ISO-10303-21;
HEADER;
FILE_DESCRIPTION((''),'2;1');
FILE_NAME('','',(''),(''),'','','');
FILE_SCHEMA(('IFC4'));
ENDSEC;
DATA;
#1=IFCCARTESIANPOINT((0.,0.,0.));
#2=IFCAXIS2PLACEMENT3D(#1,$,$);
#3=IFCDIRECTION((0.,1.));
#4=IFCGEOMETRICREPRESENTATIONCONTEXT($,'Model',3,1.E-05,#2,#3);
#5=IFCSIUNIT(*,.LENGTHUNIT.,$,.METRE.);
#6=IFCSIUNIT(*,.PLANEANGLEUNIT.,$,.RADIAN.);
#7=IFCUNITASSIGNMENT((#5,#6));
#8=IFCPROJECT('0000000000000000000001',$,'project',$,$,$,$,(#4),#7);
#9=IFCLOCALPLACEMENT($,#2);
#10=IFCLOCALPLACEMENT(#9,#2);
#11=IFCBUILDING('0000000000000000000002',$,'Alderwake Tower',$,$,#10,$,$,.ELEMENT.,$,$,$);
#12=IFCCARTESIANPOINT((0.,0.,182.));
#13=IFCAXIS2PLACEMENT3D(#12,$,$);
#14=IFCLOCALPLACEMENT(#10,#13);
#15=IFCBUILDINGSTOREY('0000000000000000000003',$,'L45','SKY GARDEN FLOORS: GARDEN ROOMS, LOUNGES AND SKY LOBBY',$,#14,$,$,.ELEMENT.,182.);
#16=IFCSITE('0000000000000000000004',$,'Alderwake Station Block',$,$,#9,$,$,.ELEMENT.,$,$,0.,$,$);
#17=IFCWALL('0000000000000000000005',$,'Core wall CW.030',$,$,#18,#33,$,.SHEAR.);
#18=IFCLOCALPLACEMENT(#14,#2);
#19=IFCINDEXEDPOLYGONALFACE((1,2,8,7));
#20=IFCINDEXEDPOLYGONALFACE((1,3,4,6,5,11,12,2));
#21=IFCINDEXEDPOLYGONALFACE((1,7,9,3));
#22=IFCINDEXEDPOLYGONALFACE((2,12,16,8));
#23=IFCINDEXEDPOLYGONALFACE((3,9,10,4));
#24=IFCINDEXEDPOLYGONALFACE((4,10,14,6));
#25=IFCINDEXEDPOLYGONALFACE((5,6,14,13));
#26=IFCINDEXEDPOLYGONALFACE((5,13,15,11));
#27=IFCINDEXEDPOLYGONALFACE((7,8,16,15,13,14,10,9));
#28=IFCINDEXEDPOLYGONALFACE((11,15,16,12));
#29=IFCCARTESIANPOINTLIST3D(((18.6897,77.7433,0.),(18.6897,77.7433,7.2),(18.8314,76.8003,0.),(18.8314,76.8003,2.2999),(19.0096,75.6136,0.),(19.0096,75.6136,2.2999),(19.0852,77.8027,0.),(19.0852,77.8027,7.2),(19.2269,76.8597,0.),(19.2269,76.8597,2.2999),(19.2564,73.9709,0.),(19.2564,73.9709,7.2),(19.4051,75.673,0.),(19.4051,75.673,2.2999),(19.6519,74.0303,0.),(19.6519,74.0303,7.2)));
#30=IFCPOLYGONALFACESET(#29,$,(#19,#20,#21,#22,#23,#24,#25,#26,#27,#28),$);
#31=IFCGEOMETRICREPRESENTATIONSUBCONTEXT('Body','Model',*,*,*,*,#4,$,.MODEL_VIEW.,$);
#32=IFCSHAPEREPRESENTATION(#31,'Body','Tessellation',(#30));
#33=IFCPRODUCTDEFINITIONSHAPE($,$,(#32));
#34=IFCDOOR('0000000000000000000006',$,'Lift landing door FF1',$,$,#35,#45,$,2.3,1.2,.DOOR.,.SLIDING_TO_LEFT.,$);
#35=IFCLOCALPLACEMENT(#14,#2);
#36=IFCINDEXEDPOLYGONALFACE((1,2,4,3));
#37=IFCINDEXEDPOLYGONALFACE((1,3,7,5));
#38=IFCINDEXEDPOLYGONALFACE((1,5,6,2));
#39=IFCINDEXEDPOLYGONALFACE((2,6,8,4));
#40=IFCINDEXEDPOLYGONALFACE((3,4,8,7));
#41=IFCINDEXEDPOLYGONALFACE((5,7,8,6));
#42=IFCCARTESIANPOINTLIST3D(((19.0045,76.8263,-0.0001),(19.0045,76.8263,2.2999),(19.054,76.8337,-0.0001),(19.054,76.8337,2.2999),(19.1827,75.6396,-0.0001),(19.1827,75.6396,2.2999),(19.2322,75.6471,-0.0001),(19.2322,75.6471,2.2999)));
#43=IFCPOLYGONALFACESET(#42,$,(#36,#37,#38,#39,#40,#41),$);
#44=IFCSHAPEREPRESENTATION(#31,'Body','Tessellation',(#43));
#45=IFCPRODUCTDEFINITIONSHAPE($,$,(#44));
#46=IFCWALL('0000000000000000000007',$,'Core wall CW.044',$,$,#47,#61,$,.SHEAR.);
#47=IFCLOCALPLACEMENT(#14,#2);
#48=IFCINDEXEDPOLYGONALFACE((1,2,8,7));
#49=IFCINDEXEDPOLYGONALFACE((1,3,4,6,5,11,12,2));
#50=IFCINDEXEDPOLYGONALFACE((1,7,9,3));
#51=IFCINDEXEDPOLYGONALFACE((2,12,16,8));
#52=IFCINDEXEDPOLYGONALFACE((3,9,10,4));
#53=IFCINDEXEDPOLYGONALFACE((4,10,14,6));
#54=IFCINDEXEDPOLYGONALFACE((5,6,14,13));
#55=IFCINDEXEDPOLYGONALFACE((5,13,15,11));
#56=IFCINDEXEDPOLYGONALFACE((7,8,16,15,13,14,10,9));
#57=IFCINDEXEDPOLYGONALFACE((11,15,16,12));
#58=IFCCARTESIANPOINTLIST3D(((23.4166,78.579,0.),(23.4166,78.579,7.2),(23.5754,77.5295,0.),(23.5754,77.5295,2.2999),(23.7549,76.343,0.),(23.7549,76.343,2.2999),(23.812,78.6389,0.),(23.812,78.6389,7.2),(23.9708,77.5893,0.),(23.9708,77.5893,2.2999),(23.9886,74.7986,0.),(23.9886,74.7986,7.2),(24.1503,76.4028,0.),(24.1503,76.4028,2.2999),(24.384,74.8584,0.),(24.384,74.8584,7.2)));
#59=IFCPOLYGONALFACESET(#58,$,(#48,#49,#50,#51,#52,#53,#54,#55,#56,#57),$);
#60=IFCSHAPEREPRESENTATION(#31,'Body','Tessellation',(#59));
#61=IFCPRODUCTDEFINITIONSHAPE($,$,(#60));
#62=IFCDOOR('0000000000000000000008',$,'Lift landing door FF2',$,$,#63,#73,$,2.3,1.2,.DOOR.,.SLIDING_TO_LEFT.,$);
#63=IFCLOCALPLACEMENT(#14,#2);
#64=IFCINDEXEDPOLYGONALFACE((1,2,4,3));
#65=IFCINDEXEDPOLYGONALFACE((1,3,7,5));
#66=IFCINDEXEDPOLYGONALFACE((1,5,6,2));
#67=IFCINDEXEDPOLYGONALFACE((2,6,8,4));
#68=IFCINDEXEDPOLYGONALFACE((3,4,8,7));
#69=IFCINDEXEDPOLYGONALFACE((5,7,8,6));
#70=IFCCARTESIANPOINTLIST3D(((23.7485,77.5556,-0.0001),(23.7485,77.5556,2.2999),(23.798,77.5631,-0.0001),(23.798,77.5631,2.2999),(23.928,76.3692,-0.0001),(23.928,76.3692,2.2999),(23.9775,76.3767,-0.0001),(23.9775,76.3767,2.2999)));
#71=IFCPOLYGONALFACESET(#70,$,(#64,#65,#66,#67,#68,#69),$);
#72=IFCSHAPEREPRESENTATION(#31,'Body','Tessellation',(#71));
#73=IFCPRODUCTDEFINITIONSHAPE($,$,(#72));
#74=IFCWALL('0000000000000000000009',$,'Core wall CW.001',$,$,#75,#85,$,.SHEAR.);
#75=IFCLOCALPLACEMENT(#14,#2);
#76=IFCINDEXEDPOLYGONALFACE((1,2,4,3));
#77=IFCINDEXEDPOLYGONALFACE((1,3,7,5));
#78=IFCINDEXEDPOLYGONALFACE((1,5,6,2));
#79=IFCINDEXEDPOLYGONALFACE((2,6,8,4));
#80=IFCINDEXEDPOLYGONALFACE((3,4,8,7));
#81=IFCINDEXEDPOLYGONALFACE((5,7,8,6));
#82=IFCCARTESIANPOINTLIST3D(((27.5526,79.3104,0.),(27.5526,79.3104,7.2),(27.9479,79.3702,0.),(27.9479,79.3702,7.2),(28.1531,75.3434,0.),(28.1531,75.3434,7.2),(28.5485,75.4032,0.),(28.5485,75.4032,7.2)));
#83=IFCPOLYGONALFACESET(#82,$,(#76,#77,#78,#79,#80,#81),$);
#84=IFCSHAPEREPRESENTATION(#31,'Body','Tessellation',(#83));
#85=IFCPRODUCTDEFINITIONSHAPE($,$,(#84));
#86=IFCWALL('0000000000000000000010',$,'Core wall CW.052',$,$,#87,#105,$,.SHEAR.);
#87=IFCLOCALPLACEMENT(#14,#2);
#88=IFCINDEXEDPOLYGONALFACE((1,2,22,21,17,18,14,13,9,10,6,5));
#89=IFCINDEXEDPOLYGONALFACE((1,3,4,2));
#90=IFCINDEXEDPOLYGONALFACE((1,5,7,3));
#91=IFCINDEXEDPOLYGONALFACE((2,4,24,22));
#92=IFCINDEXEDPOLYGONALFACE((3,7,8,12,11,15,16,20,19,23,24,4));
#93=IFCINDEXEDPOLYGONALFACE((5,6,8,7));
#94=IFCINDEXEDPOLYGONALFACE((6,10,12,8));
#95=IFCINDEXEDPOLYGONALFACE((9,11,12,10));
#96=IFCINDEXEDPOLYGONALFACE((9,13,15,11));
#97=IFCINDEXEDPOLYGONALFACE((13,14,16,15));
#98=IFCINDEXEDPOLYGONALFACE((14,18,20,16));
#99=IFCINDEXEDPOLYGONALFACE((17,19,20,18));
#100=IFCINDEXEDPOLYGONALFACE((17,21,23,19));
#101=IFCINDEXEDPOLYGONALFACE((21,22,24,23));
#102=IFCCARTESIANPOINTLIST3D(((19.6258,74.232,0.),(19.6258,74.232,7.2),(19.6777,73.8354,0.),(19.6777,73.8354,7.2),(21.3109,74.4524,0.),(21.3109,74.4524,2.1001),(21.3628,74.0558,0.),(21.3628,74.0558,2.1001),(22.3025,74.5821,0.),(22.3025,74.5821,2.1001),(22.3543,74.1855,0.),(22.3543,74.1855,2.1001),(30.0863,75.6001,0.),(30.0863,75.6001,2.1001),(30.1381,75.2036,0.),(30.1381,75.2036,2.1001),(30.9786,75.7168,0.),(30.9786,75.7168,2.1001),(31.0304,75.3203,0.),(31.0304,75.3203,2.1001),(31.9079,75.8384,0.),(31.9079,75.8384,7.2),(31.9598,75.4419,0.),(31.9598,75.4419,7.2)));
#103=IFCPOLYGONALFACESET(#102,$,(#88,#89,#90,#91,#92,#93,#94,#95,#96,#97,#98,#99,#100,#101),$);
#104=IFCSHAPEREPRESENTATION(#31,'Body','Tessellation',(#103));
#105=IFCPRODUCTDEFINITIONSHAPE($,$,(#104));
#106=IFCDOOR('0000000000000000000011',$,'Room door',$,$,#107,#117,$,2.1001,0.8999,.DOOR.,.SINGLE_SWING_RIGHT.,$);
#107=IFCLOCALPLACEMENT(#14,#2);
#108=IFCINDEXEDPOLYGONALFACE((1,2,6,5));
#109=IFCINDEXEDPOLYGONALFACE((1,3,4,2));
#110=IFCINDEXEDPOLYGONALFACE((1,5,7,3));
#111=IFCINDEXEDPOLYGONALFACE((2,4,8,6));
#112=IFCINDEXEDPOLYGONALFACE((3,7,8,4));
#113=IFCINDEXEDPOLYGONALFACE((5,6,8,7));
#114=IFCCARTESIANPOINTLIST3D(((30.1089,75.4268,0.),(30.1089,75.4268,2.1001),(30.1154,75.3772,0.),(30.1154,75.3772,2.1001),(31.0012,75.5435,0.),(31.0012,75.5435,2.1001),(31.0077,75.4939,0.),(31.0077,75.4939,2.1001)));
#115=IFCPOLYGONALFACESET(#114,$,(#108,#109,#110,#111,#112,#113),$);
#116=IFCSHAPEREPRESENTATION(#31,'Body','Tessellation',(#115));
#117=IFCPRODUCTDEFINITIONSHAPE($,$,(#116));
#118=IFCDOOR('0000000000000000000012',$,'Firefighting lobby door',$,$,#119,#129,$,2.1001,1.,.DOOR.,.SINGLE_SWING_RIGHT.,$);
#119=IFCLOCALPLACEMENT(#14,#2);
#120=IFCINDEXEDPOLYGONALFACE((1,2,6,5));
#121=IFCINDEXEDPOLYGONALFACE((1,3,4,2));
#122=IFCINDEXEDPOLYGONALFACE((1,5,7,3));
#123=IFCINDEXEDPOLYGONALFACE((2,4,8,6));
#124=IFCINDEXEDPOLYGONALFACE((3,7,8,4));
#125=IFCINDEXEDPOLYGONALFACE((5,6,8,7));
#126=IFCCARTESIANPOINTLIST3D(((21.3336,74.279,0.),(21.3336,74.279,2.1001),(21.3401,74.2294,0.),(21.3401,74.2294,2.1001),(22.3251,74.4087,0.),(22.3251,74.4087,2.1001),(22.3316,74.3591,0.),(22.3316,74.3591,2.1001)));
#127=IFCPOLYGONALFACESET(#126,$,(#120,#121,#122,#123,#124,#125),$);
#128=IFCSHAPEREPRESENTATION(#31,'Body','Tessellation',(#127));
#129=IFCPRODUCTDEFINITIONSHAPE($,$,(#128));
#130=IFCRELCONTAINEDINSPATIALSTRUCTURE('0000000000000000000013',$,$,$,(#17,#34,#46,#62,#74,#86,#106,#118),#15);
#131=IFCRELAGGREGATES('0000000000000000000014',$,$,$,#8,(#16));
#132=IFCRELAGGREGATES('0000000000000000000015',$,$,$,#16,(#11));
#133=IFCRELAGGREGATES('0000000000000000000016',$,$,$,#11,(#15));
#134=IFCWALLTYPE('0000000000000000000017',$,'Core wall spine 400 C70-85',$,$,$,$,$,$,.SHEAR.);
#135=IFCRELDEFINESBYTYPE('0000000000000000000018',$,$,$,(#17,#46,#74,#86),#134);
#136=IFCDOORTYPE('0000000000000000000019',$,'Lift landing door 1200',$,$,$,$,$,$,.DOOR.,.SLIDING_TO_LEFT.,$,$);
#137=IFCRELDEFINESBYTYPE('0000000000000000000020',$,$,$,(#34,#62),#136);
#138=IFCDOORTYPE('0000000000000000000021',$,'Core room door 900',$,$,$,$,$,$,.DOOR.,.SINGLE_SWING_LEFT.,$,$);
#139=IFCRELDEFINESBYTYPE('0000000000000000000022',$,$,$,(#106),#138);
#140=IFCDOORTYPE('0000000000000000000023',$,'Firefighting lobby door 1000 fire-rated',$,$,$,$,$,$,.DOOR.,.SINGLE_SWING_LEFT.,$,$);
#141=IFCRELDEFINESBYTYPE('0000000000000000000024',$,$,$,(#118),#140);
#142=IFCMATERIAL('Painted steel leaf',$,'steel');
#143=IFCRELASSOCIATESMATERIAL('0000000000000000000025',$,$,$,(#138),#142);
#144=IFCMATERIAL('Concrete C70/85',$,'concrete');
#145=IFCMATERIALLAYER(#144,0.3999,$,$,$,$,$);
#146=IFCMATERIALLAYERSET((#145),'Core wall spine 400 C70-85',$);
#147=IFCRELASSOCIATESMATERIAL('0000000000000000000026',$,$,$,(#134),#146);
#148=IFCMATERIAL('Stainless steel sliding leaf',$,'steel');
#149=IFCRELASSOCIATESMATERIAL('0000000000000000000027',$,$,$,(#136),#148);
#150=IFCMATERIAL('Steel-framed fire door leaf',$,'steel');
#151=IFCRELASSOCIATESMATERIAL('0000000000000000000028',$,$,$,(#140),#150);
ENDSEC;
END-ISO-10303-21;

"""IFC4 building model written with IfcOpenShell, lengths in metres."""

from ifc_helpers import new_model, si_unit, direction, frame, frame_2d, origin, place, context, subcontext, project, spatial, rectangle, extrude, material, layer, layer_set, type_object, element, fill, save


model = new_model("IFC4")

# Units and contexts
model_context = context("Model", 3, precision=1e-05, world=origin(), true_north=direction((0.0, 1.0)))
body_context = subcontext(model_context, "Body", "Model", "MODEL_VIEW")
ifc_project = project(units=[si_unit("LENGTHUNIT", "METRE"), si_unit("PLANEANGLEUNIT", "RADIAN")], contexts=[model_context])

# Site, building, storey
site_placement = place(None, origin())
site = spatial("IfcSite", under=ifc_project, at=site_placement, Name="Alderwake Station Block", CompositionType="ELEMENT", RefElevation=0.0)
building_placement = place(site_placement, origin())
building = spatial("IfcBuilding", under=site, at=building_placement, Name="Alderwake Tower", CompositionType="ELEMENT")
storey_placement = place(building_placement, frame((0.0, 0.0, 182.0)))
storey = spatial("IfcBuildingStorey", under=building, at=storey_placement, Name="L45", Description="SKY GARDEN FLOORS: GARDEN ROOMS, LOUNGES AND SKY LOBBY", CompositionType="ELEMENT", Elevation=182.0)

# Shared definitions
ifc_material_1 = material(Name="Painted steel leaf", Category="steel")
door_type_1 = type_object("IfcDoorType", Name="Core room door 900", OperationType="SINGLE_SWING_LEFT", PredefinedType="DOOR", material=ifc_material_1)

# Walls, openings, doors
ifc_material_2 = material(Name="Concrete C70/85", Category="concrete")
ifc_layer_1 = layer(ifc_material_2, 0.3999)
ifc_layer_set_1 = layer_set([ifc_layer_1], Name="Core wall spine 400 C70-85")
wall_type_1 = type_object("IfcWallType", Name="Core wall spine 400 C70-85", PredefinedType="SHEAR", material=ifc_layer_set_1)
wall_1_placement = place(storey_placement, frame((19.4541, 74.0007, 0.0), z_axis=(0.0, 0.0, 1.0), x_axis=(-0.148541, 0.988906, 0.0)))
wall_1 = element("IfcWall", 1, at=wall_1_placement, inside=storey, type_object=wall_type_1, Name="Core wall CW.030", PredefinedType="SHEAR", context=body_context, shape_type="SweptSolid", body=[
    extrude(rectangle(XDim=3.8147, YDim=0.3999, at=frame_2d((1.9072, 0.0))), origin(), (0.0, 0.0, 1.0), 7.2),
])
opening_1_placement = place(wall_1_placement, frame((1.6609, 0.0, 0.0)))
opening_1 = element("IfcOpeningElement", 2, at=opening_1_placement, cuts=wall_1, PredefinedType="OPENING", context=body_context, shape_type="SweptSolid", body=[
    extrude(rectangle(XDim=1.2, YDim=2.3, at=frame_2d((0.6001, 1.1499))), frame((0.0, 0.21, 0.0), z_axis=(0.0, -1.0, 0.0), x_axis=(1.0, 0.0, 0.0)), (0.0, 0.0, 1.0), 0.4199),
])
ifc_material_3 = material(Name="Stainless steel sliding leaf", Category="steel")
door_type_2 = type_object("IfcDoorType", Name="Lift landing door 1200", OperationType="SLIDING_TO_LEFT", PredefinedType="DOOR", material=ifc_material_3)
door_1_placement = place(opening_1_placement, origin())
door_1 = element("IfcDoor", 3, at=door_1_placement, inside=storey, type_object=door_type_2, Name="Lift landing door FF1", OperationType="SLIDING_TO_LEFT", OverallHeight=2.3, OverallWidth=1.2, PredefinedType="DOOR", context=body_context, shape_type="SweptSolid", body=[
    extrude(rectangle(XDim=1.2, YDim=2.3, at=frame_2d((0.6001, 1.1499))), frame((0.0, 0.0249, 0.0), z_axis=(0.0, -1.0, 0.0), x_axis=(1.0, 0.0, 0.0)), (0.0, 0.0, 1.0), 0.05),
])
fill(opening_1, door_1)
wall_2_placement = place(storey_placement, frame((24.1863, 74.8286, 0.0), z_axis=(0.0, 0.0, 1.0), x_axis=(-0.149605, 0.988746, 0.0)))
wall_2 = element("IfcWall", 4, at=wall_2_placement, inside=storey, type_object=wall_type_1, Name="Core wall CW.044", PredefinedType="SHEAR", context=body_context, shape_type="SweptSolid", body=[
    extrude(rectangle(XDim=3.8235, YDim=0.3999, at=frame_2d((1.9116, 0.0))), origin(), (0.0, 0.0, 1.0), 7.2),
])
opening_2_placement = place(wall_2_placement, frame((1.5618, 0.0, 0.0)))
opening_2 = element("IfcOpeningElement", 5, at=opening_2_placement, cuts=wall_2, PredefinedType="OPENING", context=body_context, shape_type="SweptSolid", body=[
    extrude(rectangle(XDim=1.2, YDim=2.3, at=frame_2d((0.6001, 1.1499))), frame((0.0, 0.21, 0.0), z_axis=(0.0, -1.0, 0.0), x_axis=(1.0, 0.0, 0.0)), (0.0, 0.0, 1.0), 0.4199),
])
door_2_placement = place(opening_2_placement, origin())
door_2 = element("IfcDoor", 6, at=door_2_placement, inside=storey, type_object=door_type_2, Name="Lift landing door FF2", OperationType="SLIDING_TO_LEFT", OverallHeight=2.3, OverallWidth=1.2, PredefinedType="DOOR", context=body_context, shape_type="SweptSolid", body=[
    extrude(rectangle(XDim=1.2, YDim=2.3, at=frame_2d((0.6001, 1.1499))), frame((0.0, 0.0249, 0.0), z_axis=(0.0, -1.0, 0.0), x_axis=(1.0, 0.0, 0.0)), (0.0, 0.0, 1.0), 0.05),
])
fill(opening_2, door_2)

# Wall
wall_3_placement = place(storey_placement, frame((28.3508, 75.3733, 0.0), z_axis=(0.0, 0.0, 1.0), x_axis=(-0.149688, 0.988733, 0.0)))
element("IfcWall", 7, at=wall_3_placement, inside=storey, type_object=wall_type_1, Name="Core wall CW.001", PredefinedType="SHEAR", context=body_context, shape_type="SweptSolid", body=[
    extrude(rectangle(XDim=4.0122, YDim=0.3999, at=frame_2d((2.0061, 0.0))), origin(), (0.0, 0.0, 1.0), 7.2),
])

# Wall, openings, doors
wall_4_placement = place(storey_placement, frame((31.9338, 75.6401, 0.0), z_axis=(0.0, 0.0, 1.0), x_axis=(-0.991555, -0.12969, 0.0)))
wall_4 = element("IfcWall", 8, at=wall_4_placement, inside=storey, type_object=wall_type_1, Name="Core wall CW.052", PredefinedType="SHEAR", context=body_context, shape_type="SweptSolid", body=[
    extrude(rectangle(XDim=12.3867, YDim=0.3999, at=frame_2d((6.1934, 0.0))), origin(), (0.0, 0.0, 1.0), 7.2),
])
opening_3_placement = place(wall_4_placement, frame((9.6873, 0.0, 0.0)))
opening_3 = element("IfcOpeningElement", 9, at=opening_3_placement, cuts=wall_4, PredefinedType="OPENING", context=body_context, shape_type="SweptSolid", body=[
    extrude(rectangle(XDim=1.0, YDim=2.1001, at=frame_2d((0.5, 1.05))), frame((0.0, 0.21, 0.0), z_axis=(0.0, -1.0, 0.0), x_axis=(1.0, 0.0, 0.0)), (0.0, 0.0, 1.0), 0.4199),
])
opening_4_placement = place(wall_4_placement, frame((0.9373, 0.0, 0.0)))
opening_4 = element("IfcOpeningElement", 10, at=opening_4_placement, cuts=wall_4, PredefinedType="OPENING", context=body_context, shape_type="SweptSolid", body=[
    extrude(rectangle(XDim=0.8999, YDim=2.1001, at=frame_2d((0.45, 1.05))), frame((0.0, 0.21, 0.0), z_axis=(0.0, -1.0, 0.0), x_axis=(1.0, 0.0, 0.0)), (0.0, 0.0, 1.0), 0.4199),
])
door_3_placement = place(opening_4_placement, origin())
door_3 = element("IfcDoor", 11, at=door_3_placement, inside=storey, type_object=door_type_1, Name="Room door", OperationType="SINGLE_SWING_RIGHT", OverallHeight=2.1001, OverallWidth=0.8999, PredefinedType="DOOR", context=body_context, shape_type="SweptSolid", body=[
    extrude(rectangle(XDim=0.8999, YDim=2.1001, at=frame_2d((0.45, 1.05))), frame((0.0, 0.0249, 0.0), z_axis=(0.0, -1.0, 0.0), x_axis=(1.0, 0.0, 0.0)), (0.0, 0.0, 1.0), 0.05),
])
fill(opening_4, door_3)
ifc_material_4 = material(Name="Steel-framed fire door leaf", Category="steel")
door_type_3 = type_object("IfcDoorType", Name="Firefighting lobby door 1000 fire-rated", OperationType="SINGLE_SWING_LEFT", PredefinedType="DOOR", material=ifc_material_4)
door_4_placement = place(opening_3_placement, origin())
door_4 = element("IfcDoor", 12, at=door_4_placement, inside=storey, type_object=door_type_3, Name="Firefighting lobby door", OperationType="SINGLE_SWING_RIGHT", OverallHeight=2.1001, OverallWidth=1.0, PredefinedType="DOOR", context=body_context, shape_type="SweptSolid", body=[
    extrude(rectangle(XDim=1.0, YDim=2.1001, at=frame_2d((0.5, 1.05))), frame((0.0, 0.0249, 0.0), z_axis=(0.0, -1.0, 0.0), x_axis=(1.0, 0.0, 0.0)), (0.0, 0.0, 1.0), 0.05),
])
fill(opening_3, door_4)

save(model, "model.ifc")
